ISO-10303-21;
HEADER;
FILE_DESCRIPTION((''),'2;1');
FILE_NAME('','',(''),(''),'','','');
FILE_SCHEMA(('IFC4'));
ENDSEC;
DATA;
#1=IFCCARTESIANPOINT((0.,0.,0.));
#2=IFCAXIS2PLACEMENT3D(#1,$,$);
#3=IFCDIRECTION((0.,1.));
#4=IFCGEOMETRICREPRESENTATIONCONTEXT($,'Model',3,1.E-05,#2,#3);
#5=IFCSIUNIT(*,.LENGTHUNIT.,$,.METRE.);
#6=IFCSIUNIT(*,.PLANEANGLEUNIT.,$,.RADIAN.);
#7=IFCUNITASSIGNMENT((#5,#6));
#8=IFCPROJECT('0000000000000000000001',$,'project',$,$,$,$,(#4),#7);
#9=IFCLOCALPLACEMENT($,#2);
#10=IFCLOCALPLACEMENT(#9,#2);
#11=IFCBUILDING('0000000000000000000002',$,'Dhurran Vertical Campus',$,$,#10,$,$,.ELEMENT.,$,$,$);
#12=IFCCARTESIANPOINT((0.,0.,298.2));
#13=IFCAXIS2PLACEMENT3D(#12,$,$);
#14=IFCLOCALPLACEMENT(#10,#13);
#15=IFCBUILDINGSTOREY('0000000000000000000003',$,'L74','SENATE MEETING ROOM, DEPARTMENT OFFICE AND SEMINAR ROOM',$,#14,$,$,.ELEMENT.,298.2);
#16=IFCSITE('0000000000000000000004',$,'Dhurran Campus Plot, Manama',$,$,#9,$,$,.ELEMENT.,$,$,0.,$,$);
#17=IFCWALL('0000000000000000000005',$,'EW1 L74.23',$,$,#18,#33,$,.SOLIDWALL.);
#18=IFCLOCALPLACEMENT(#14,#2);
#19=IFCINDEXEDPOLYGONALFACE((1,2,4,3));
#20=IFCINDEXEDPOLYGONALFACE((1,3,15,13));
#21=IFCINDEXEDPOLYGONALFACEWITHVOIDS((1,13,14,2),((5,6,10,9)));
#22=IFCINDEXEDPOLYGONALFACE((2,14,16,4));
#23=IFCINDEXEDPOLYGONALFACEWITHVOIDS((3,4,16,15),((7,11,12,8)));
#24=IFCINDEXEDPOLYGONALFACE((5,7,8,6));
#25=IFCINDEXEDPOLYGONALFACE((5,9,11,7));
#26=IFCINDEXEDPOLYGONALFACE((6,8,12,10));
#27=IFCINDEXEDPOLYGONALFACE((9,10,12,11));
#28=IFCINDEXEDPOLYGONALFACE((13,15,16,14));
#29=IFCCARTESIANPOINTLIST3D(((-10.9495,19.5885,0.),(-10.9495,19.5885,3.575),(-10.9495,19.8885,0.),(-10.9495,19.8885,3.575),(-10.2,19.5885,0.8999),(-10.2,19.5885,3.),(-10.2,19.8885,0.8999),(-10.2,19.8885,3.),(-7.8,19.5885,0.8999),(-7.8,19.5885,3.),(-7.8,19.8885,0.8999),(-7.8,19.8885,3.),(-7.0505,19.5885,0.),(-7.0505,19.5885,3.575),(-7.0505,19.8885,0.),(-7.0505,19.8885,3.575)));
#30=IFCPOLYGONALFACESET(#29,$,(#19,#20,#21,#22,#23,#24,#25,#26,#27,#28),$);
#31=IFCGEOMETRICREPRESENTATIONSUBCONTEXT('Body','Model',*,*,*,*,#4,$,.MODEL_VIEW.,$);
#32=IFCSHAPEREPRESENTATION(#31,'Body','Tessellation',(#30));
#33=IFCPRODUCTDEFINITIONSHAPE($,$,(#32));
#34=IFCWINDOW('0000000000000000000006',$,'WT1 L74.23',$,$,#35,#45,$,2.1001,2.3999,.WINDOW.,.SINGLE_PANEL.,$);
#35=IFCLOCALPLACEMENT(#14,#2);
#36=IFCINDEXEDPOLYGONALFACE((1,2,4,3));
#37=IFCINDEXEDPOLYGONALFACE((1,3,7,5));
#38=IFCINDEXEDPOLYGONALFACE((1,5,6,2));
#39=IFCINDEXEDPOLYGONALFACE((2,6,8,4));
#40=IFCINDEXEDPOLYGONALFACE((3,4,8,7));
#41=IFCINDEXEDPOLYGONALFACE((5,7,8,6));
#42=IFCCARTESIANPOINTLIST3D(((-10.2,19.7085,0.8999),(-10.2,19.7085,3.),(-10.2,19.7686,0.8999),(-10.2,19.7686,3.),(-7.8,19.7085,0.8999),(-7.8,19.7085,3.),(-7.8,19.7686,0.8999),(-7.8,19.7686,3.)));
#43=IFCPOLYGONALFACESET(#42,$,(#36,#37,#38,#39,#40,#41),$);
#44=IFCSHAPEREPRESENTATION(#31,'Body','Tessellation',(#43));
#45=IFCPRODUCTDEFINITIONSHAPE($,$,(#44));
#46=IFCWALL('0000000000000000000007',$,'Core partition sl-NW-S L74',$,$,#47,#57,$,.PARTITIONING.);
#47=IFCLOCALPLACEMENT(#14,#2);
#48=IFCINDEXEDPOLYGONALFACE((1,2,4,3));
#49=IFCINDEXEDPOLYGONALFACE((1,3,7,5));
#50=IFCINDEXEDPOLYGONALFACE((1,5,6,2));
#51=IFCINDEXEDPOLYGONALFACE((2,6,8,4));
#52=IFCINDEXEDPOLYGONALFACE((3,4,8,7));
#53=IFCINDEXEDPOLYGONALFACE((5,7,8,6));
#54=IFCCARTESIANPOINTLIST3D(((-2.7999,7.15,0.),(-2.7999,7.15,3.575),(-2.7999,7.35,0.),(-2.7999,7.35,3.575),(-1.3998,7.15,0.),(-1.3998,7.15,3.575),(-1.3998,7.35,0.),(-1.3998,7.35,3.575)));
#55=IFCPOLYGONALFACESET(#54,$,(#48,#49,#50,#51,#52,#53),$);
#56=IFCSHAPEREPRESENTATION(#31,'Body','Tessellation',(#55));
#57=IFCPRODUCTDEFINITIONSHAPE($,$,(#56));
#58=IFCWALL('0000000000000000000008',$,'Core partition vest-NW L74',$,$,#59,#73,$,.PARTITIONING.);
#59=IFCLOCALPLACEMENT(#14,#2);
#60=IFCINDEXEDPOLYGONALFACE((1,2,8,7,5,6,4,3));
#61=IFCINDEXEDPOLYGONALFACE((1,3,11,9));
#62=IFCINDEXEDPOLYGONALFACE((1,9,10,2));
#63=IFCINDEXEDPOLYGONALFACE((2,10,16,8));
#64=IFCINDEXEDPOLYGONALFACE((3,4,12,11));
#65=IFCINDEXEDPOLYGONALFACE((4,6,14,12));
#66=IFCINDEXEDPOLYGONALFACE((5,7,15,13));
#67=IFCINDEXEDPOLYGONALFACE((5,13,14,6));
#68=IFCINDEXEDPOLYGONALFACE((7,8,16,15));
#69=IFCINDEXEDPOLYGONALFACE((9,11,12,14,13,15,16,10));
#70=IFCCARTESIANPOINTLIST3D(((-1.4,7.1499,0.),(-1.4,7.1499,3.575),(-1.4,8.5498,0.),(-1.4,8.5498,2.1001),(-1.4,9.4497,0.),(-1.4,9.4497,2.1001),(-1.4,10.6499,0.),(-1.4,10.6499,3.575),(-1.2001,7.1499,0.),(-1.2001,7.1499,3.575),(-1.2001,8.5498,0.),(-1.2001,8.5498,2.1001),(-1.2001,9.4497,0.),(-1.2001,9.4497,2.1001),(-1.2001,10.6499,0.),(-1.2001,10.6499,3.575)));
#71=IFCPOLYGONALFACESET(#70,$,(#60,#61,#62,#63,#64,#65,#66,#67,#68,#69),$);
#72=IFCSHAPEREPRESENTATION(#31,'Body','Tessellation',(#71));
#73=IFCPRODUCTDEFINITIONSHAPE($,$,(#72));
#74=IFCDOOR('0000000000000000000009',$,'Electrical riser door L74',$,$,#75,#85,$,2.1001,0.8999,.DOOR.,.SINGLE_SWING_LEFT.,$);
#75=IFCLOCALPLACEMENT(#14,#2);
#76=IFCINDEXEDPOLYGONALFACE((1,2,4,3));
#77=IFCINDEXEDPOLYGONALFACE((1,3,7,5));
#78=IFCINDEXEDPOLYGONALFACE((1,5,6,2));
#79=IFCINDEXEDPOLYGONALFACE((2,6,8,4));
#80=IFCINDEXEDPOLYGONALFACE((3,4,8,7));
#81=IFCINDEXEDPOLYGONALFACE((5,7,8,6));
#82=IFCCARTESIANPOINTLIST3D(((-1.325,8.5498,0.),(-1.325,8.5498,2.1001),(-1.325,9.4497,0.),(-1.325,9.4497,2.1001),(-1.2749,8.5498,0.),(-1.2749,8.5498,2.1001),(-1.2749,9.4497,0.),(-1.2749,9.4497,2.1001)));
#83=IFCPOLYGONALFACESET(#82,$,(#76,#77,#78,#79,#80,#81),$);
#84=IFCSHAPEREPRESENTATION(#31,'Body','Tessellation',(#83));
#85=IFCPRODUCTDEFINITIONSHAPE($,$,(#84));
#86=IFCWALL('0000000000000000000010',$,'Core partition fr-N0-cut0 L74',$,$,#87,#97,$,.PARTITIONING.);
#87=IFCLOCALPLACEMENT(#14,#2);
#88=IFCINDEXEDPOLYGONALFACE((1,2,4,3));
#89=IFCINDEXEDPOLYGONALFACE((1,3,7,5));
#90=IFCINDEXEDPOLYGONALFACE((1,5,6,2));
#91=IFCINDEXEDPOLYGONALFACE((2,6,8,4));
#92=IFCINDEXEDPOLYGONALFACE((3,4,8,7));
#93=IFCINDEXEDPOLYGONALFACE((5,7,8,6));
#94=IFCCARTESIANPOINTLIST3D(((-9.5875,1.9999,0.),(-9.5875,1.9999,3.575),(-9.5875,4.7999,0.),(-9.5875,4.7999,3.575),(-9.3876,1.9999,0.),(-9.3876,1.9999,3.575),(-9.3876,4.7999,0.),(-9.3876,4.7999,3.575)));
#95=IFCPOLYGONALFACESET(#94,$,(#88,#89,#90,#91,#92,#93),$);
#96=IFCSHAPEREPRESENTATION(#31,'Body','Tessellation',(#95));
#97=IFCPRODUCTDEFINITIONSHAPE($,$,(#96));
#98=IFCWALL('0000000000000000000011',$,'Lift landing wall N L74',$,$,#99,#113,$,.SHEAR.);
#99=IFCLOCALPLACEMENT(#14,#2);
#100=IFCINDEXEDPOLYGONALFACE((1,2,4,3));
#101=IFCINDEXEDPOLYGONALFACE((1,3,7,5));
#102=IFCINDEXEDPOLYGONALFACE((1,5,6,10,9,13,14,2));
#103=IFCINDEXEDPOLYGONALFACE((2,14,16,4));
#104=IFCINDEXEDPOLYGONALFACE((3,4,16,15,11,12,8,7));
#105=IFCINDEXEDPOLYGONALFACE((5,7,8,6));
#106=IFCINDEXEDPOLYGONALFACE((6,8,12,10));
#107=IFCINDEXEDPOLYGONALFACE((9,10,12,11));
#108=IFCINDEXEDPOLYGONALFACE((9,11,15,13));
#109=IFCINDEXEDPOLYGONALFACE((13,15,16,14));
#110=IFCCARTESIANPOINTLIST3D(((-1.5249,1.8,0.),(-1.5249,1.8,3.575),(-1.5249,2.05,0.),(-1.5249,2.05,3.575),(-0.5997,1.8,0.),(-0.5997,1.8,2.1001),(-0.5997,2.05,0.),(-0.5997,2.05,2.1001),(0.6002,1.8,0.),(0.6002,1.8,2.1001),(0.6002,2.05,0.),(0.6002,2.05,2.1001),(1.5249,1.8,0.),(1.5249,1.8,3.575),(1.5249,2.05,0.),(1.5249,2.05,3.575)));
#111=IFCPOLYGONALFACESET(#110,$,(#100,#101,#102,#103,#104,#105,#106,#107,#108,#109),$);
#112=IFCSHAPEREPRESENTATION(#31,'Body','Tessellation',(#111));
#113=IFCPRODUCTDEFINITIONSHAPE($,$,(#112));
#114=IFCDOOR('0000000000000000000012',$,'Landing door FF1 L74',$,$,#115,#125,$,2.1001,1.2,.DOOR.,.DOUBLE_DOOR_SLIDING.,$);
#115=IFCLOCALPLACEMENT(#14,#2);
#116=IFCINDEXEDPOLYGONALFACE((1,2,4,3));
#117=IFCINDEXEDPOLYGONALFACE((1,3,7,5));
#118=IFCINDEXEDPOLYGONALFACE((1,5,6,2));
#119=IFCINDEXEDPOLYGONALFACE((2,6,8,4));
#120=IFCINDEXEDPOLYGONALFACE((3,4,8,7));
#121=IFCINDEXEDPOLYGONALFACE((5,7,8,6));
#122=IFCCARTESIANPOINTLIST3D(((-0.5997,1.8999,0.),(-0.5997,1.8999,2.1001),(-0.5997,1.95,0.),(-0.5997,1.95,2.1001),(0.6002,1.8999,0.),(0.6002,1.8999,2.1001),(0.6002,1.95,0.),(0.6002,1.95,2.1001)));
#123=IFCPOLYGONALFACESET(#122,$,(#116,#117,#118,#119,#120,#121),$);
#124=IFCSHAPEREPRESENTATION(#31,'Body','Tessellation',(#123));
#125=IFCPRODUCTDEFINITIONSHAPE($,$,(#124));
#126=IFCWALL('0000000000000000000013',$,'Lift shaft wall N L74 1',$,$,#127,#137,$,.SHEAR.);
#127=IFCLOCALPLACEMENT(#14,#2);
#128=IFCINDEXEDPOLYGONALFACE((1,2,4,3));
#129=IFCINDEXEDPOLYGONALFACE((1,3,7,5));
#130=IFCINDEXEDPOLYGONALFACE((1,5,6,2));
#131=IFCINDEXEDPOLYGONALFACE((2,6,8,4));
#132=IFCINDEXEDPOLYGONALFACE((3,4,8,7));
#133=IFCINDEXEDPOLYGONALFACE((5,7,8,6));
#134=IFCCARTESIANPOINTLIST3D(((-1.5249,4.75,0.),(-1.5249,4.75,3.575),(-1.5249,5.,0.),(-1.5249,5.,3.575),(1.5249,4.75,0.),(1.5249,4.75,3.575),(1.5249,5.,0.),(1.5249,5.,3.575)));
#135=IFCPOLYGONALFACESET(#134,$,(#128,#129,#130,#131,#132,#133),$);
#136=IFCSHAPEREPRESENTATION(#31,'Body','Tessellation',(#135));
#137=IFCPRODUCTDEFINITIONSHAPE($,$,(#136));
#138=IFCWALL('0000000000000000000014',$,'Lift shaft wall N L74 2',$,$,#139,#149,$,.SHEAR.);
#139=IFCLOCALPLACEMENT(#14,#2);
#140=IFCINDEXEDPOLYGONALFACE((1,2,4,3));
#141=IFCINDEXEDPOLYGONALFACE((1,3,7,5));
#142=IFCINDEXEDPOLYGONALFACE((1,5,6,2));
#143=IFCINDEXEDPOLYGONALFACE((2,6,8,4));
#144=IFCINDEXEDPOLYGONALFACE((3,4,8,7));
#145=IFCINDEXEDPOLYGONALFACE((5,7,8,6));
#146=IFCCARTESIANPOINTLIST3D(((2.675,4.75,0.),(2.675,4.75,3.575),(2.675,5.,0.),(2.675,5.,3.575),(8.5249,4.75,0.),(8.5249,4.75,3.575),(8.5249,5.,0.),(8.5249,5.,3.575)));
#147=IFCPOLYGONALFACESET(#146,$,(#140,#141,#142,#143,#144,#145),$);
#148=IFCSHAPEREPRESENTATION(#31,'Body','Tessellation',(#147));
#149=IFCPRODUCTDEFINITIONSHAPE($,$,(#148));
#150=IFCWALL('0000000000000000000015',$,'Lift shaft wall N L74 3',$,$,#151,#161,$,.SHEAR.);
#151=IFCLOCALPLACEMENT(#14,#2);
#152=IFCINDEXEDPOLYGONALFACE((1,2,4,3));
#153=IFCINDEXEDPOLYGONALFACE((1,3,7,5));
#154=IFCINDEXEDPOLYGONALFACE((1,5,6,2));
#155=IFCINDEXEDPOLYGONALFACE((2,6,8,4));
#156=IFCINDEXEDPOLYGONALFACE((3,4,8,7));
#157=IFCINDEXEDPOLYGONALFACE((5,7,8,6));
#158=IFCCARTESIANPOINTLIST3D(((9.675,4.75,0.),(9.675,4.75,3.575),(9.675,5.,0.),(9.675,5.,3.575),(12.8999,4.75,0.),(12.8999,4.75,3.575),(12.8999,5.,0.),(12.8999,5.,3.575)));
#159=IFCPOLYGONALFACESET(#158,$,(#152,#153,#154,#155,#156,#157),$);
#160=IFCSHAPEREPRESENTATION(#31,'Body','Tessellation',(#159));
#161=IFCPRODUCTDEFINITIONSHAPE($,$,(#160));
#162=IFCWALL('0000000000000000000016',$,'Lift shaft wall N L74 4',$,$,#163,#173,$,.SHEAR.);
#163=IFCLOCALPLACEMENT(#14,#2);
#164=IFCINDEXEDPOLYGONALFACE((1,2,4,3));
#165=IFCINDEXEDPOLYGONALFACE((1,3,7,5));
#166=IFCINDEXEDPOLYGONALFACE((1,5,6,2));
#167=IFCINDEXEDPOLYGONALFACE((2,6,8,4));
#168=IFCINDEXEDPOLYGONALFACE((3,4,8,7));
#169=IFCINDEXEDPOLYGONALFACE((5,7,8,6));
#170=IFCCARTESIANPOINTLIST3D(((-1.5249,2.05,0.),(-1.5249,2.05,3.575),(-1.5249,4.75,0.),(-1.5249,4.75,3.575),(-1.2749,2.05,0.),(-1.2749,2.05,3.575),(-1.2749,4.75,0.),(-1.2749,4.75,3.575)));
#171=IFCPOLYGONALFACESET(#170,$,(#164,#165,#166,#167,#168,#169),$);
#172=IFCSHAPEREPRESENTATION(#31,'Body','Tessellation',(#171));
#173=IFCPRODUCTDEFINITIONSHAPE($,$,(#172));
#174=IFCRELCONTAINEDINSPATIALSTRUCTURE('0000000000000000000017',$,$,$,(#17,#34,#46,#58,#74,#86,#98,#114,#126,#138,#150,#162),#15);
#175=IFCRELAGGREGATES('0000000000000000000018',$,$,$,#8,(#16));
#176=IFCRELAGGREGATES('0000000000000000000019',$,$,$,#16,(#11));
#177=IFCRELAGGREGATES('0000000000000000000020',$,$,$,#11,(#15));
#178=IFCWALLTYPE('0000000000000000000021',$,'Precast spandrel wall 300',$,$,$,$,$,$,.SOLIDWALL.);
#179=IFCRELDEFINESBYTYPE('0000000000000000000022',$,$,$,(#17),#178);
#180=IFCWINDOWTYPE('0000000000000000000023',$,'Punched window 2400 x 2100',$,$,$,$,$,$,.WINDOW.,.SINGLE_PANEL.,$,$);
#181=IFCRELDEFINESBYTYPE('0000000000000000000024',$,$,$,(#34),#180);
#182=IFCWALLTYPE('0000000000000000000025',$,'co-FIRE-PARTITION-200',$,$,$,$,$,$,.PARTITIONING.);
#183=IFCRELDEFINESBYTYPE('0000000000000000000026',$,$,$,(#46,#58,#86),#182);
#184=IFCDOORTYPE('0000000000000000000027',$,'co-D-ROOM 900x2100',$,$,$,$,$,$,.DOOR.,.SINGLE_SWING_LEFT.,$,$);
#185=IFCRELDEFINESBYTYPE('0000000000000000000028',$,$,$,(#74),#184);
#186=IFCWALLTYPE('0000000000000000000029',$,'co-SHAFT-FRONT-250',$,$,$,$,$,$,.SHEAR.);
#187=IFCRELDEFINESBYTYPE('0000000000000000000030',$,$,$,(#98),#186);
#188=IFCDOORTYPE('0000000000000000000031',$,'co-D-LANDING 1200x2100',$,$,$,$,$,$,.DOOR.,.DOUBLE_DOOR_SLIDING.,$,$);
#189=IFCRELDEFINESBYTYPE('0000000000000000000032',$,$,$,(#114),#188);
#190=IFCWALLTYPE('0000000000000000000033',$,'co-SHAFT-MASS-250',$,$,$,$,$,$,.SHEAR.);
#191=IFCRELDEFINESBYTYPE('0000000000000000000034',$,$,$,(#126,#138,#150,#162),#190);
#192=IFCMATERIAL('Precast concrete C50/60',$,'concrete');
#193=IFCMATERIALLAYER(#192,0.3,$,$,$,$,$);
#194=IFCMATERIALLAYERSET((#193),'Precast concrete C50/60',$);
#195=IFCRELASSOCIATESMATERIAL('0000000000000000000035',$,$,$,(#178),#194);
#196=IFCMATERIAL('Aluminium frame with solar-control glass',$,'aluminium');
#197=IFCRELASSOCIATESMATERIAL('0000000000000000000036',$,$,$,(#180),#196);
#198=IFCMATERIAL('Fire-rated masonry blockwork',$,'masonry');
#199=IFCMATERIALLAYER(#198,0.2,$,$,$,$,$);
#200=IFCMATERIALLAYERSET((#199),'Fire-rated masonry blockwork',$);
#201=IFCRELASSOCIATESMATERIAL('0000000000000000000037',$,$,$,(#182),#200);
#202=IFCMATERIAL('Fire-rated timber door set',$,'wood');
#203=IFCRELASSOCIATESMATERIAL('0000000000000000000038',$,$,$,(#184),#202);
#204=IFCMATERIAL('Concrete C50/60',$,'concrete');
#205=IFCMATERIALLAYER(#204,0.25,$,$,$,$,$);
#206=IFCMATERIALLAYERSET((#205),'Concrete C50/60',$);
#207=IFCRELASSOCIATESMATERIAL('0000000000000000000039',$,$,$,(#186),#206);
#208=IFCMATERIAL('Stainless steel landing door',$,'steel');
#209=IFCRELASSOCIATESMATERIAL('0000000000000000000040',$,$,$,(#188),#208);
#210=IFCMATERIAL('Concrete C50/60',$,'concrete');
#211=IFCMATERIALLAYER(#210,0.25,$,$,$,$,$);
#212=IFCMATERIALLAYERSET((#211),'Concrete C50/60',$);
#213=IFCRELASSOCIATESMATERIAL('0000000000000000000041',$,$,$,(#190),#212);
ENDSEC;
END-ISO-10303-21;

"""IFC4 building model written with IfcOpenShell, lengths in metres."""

from ifc_helpers import new_model, si_unit, direction, frame, frame_2d, origin, place, context, subcontext, project, spatial, polyline, rectangle, outline, extrude, material, layer, layer_set, type_object, element, fill, save


model = new_model("IFC4")

# Units and contexts
model_context = context("Model", 3, precision=1e-05, world=origin(), true_north=direction((0.0, 1.0)))
body_context = subcontext(model_context, "Body", "Model", "MODEL_VIEW")
ifc_project = project(units=[si_unit("LENGTHUNIT", "METRE"), si_unit("PLANEANGLEUNIT", "RADIAN")], contexts=[model_context])

# Site, building, storey
site_placement = place(None, origin())
site = spatial("IfcSite", under=ifc_project, at=site_placement, Name="Dhurran Campus Plot, Manama", CompositionType="ELEMENT", RefElevation=0.0)
building_placement = place(site_placement, origin())
building = spatial("IfcBuilding", under=site, at=building_placement, Name="Dhurran Vertical Campus", CompositionType="ELEMENT")
storey_placement = place(building_placement, frame((0.0, 0.0, 298.2)))
storey = spatial("IfcBuildingStorey", under=building, at=storey_placement, Name="L74", Description="SENATE MEETING ROOM, DEPARTMENT OFFICE AND SEMINAR ROOM", CompositionType="ELEMENT", Elevation=298.2)

# Wall, opening, window
ifc_material_1 = material(Name="Precast concrete C50/60", Category="concrete")
ifc_layer_1 = layer(ifc_material_1, 0.3)
ifc_layer_set_1 = layer_set([ifc_layer_1], Name="Precast concrete C50/60")
wall_type_1 = type_object("IfcWallType", Name="Precast spandrel wall 300", PredefinedType="SOLIDWALL", material=ifc_layer_set_1)
ifc_material_2 = material(Name="Aluminium frame with solar-control glass", Category="aluminium")
window_type = type_object("IfcWindowType", Name="Punched window 2400 x 2100", PartitioningType="SINGLE_PANEL", PredefinedType="WINDOW", material=ifc_material_2)
wall_1_placement = place(storey_placement, frame((-7.0505, 19.7385, 0.0), z_axis=(0.0, 0.0, 1.0), x_axis=(-1.0, 0.0, 0.0)))
wall_1 = element("IfcWall", 1, at=wall_1_placement, inside=storey, type_object=wall_type_1, Name="EW1 L74.23", PredefinedType="SOLIDWALL", context=body_context, shape_type="SweptSolid", body=[
    extrude(rectangle(XDim=3.8989, YDim=0.3, at=frame_2d((1.9495, 0.0))), origin(), (0.0, 0.0, 1.0), 3.575),
])
opening_1_placement = place(wall_1_placement, frame((0.7495, 0.0, 0.8999)))
opening_1 = element("IfcOpeningElement", 2, at=opening_1_placement, cuts=wall_1, PredefinedType="OPENING", context=body_context, shape_type="SweptSolid", body=[
    extrude(rectangle(XDim=2.3999, YDim=2.1001, at=frame_2d((1.2, 1.05))), frame((0.0, 0.1599, 0.0), z_axis=(0.0, -1.0, 0.0), x_axis=(1.0, 0.0, 0.0)), (0.0, 0.0, 1.0), 0.3201),
])
window_1_placement = place(opening_1_placement, origin())
window_1 = element("IfcWindow", 3, at=window_1_placement, inside=storey, type_object=window_type, Name="WT1 L74.23", OverallHeight=2.1001, OverallWidth=2.3999, PartitioningType="SINGLE_PANEL", PredefinedType="WINDOW", context=body_context, shape_type="SweptSolid", body=[
    extrude(rectangle(XDim=2.3999, YDim=2.1001, at=frame_2d((1.2, 1.05))), frame((0.0, 0.03, 0.0), z_axis=(0.0, -1.0, 0.0), x_axis=(1.0, 0.0, 0.0)), (0.0, 0.0, 1.0), 0.0601),
])
fill(opening_1, window_1)

# Wall
ifc_material_3 = material(Name="Fire-rated masonry blockwork", Category="masonry")
ifc_layer_2 = layer(ifc_material_3, 0.2)
ifc_layer_set_2 = layer_set([ifc_layer_2], Name="Fire-rated masonry blockwork")
wall_type_2 = type_object("IfcWallType", Name="co-FIRE-PARTITION-200", PredefinedType="PARTITIONING", material=ifc_layer_set_2)
wall_2_placement = place(storey_placement, frame((-2.8, 7.25, 0.0), z_axis=(0.0, 0.0, 1.0), x_axis=(1.0, 0.0, 0.0)))
element("IfcWall", 4, at=wall_2_placement, inside=storey, type_object=wall_type_2, Name="Core partition sl-NW-S L74", PredefinedType="PARTITIONING", context=body_context, shape_type="SweptSolid", body=[
    extrude(rectangle(XDim=1.4001, YDim=0.2, at=frame_2d((0.7002, 0.0))), origin(), (0.0, 0.0, 1.0), 3.575),
])

# Wall, opening, door
wall_3_placement = place(storey_placement, frame((-1.3, 7.1499, 0.0), z_axis=(0.0, 0.0, 1.0), x_axis=(0.0, 1.0, 0.0)))
wall_3 = element("IfcWall", 5, at=wall_3_placement, inside=storey, type_object=wall_type_2, Name="Core partition vest-NW L74", PredefinedType="PARTITIONING", context=body_context, shape_type="SweptSolid", body=[
    extrude(rectangle(XDim=3.5, YDim=0.2, at=frame_2d((1.75, 0.0))), origin(), (0.0, 0.0, 1.0), 3.575),
])
opening_2_placement = place(wall_3_placement, frame((1.3999, 0.0, 0.0)))
opening_2 = element("IfcOpeningElement", 6, at=opening_2_placement, cuts=wall_3, PredefinedType="OPENING", context=body_context, shape_type="SweptSolid", body=[
    extrude(rectangle(XDim=0.8999, YDim=2.1001, at=frame_2d((0.45, 1.05))), frame((0.0, 0.1099, 0.0), z_axis=(0.0, -1.0, 0.0), x_axis=(1.0, 0.0, 0.0)), (0.0, 0.0, 1.0), 0.22),
])
ifc_material_4 = material(Name="Fire-rated timber door set", Category="wood")
door_type_1 = type_object("IfcDoorType", Name="co-D-ROOM 900x2100", OperationType="SINGLE_SWING_LEFT", PredefinedType="DOOR", material=ifc_material_4)
door_1_placement = place(opening_2_placement, origin())
door_1 = element("IfcDoor", 7, at=door_1_placement, inside=storey, type_object=door_type_1, Name="Electrical riser door L74", OperationType="SINGLE_SWING_LEFT", OverallHeight=2.1001, OverallWidth=0.8999, PredefinedType="DOOR", context=body_context, shape_type="SweptSolid", body=[
    extrude(rectangle(XDim=0.8999, YDim=2.1001, at=frame_2d((0.45, 1.05))), frame((0.0, 0.0249, 0.0), z_axis=(0.0, -1.0, 0.0), x_axis=(1.0, 0.0, 0.0)), (0.0, 0.0, 1.0), 0.05),
])
fill(opening_2, door_1)

# Wall
wall_4_placement = place(storey_placement, frame((-9.4875, 2.0, 0.0), z_axis=(0.0, 0.0, 1.0), x_axis=(0.0, 1.0, 0.0)))
element("IfcWall", 8, at=wall_4_placement, inside=storey, type_object=wall_type_2, Name="Core partition fr-N0-cut0 L74", PredefinedType="PARTITIONING", context=body_context, shape_type="SweptSolid", body=[
    extrude(rectangle(XDim=2.8, YDim=0.2, at=frame_2d((1.3999, 0.0))), origin(), (0.0, 0.0, 1.0), 3.575),
])

# Wall, opening, door
ifc_material_5 = material(Name="Concrete C50/60", Category="concrete")
ifc_layer_3 = layer(ifc_material_5, 0.25)
ifc_layer_set_3 = layer_set([ifc_layer_3], Name="Concrete C50/60")
wall_type_3 = type_object("IfcWallType", Name="co-SHAFT-FRONT-250", PredefinedType="SHEAR", material=ifc_layer_set_3)
wall_5_placement = place(storey_placement, frame((-1.5249, 1.925, 0.0), z_axis=(0.0, 0.0, 1.0), x_axis=(1.0, 0.0, 0.0)))
wall_5 = element("IfcWall", 9, at=wall_5_placement, inside=storey, type_object=wall_type_3, Name="Lift landing wall N L74", PredefinedType="SHEAR", context=body_context, shape_type="SweptSolid", body=[
    extrude(rectangle(XDim=3.0498, YDim=0.25, at=frame_2d((1.5249, 0.0))), origin(), (0.0, 0.0, 1.0), 3.575),
])
opening_3_placement = place(wall_5_placement, frame((0.925, 0.0, 0.0)))
opening_3 = element("IfcOpeningElement", 10, at=opening_3_placement, cuts=wall_5, PredefinedType="OPENING", context=body_context, shape_type="SweptSolid", body=[
    extrude(rectangle(XDim=1.2, YDim=2.1001, at=frame_2d((0.6001, 1.05))), frame((0.0, 0.135, 0.0), z_axis=(0.0, -1.0, 0.0), x_axis=(1.0, 0.0, 0.0)), (0.0, 0.0, 1.0), 0.27),
])
ifc_material_6 = material(Name="Stainless steel landing door", Category="steel")
door_type_2 = type_object("IfcDoorType", Name="co-D-LANDING 1200x2100", OperationType="DOUBLE_DOOR_SLIDING", PredefinedType="DOOR", material=ifc_material_6)
door_2_placement = place(opening_3_placement, origin())
door_2 = element("IfcDoor", 11, at=door_2_placement, inside=storey, type_object=door_type_2, Name="Landing door FF1 L74", OperationType="DOUBLE_DOOR_SLIDING", OverallHeight=2.1001, OverallWidth=1.2, PredefinedType="DOOR", context=body_context, shape_type="SweptSolid", body=[
    extrude(rectangle(XDim=1.2, YDim=2.1001, at=frame_2d((0.6001, 1.05))), frame((0.0, 0.0249, 0.0), z_axis=(0.0, -1.0, 0.0), x_axis=(1.0, 0.0, 0.0)), (0.0, 0.0, 1.0), 0.05),
])
fill(opening_3, door_2)

# Walls
ifc_material_7 = material(Name="Concrete C50/60", Category="concrete")
ifc_layer_4 = layer(ifc_material_7, 0.25)
ifc_layer_set_4 = layer_set([ifc_layer_4], Name="Concrete C50/60")
wall_type_4 = type_object("IfcWallType", Name="co-SHAFT-MASS-250", PredefinedType="SHEAR", material=ifc_layer_set_4)
wall_6_placement = place(storey_placement, origin())
element("IfcWall", 12, at=wall_6_placement, inside=storey, type_object=wall_type_4, Name="Lift shaft wall N L74 1", PredefinedType="SHEAR", context=body_context, shape_type="SweptSolid", body=[
    extrude(outline(polyline([(-1.5249, 4.75), (1.5249, 4.75), (1.5249, 5.0), (-1.5249, 5.0), (-1.5249, 4.75)])), origin(), (0.0, 0.0, 1.0), 3.575),
])
wall_7_placement = place(storey_placement, origin())
element("IfcWall", 13, at=wall_7_placement, inside=storey, type_object=wall_type_4, Name="Lift shaft wall N L74 2", PredefinedType="SHEAR", context=body_context, shape_type="SweptSolid", body=[
    extrude(outline(polyline([(2.675, 4.75), (8.5249, 4.75), (8.5249, 5.0), (2.675, 5.0), (2.675, 4.75)])), origin(), (0.0, 0.0, 1.0), 3.575),
])
wall_8_placement = place(storey_placement, origin())
element("IfcWall", 14, at=wall_8_placement, inside=storey, type_object=wall_type_4, Name="Lift shaft wall N L74 3", PredefinedType="SHEAR", context=body_context, shape_type="SweptSolid", body=[
    extrude(outline(polyline([(9.675, 4.75), (12.8999, 4.75), (12.8999, 5.0), (9.675, 5.0), (9.675, 4.75)])), origin(), (0.0, 0.0, 1.0), 3.575),
])
wall_9_placement = place(storey_placement, origin())
element("IfcWall", 15, at=wall_9_placement, inside=storey, type_object=wall_type_4, Name="Lift shaft wall N L74 4", PredefinedType="SHEAR", context=body_context, shape_type="SweptSolid", body=[
    extrude(outline(polyline([(-1.5249, 2.05), (-1.2749, 2.05), (-1.2749, 4.75), (-1.5249, 4.75), (-1.5249, 2.05)])), origin(), (0.0, 0.0, 1.0), 3.575),
])

save(model, "model.ifc")
